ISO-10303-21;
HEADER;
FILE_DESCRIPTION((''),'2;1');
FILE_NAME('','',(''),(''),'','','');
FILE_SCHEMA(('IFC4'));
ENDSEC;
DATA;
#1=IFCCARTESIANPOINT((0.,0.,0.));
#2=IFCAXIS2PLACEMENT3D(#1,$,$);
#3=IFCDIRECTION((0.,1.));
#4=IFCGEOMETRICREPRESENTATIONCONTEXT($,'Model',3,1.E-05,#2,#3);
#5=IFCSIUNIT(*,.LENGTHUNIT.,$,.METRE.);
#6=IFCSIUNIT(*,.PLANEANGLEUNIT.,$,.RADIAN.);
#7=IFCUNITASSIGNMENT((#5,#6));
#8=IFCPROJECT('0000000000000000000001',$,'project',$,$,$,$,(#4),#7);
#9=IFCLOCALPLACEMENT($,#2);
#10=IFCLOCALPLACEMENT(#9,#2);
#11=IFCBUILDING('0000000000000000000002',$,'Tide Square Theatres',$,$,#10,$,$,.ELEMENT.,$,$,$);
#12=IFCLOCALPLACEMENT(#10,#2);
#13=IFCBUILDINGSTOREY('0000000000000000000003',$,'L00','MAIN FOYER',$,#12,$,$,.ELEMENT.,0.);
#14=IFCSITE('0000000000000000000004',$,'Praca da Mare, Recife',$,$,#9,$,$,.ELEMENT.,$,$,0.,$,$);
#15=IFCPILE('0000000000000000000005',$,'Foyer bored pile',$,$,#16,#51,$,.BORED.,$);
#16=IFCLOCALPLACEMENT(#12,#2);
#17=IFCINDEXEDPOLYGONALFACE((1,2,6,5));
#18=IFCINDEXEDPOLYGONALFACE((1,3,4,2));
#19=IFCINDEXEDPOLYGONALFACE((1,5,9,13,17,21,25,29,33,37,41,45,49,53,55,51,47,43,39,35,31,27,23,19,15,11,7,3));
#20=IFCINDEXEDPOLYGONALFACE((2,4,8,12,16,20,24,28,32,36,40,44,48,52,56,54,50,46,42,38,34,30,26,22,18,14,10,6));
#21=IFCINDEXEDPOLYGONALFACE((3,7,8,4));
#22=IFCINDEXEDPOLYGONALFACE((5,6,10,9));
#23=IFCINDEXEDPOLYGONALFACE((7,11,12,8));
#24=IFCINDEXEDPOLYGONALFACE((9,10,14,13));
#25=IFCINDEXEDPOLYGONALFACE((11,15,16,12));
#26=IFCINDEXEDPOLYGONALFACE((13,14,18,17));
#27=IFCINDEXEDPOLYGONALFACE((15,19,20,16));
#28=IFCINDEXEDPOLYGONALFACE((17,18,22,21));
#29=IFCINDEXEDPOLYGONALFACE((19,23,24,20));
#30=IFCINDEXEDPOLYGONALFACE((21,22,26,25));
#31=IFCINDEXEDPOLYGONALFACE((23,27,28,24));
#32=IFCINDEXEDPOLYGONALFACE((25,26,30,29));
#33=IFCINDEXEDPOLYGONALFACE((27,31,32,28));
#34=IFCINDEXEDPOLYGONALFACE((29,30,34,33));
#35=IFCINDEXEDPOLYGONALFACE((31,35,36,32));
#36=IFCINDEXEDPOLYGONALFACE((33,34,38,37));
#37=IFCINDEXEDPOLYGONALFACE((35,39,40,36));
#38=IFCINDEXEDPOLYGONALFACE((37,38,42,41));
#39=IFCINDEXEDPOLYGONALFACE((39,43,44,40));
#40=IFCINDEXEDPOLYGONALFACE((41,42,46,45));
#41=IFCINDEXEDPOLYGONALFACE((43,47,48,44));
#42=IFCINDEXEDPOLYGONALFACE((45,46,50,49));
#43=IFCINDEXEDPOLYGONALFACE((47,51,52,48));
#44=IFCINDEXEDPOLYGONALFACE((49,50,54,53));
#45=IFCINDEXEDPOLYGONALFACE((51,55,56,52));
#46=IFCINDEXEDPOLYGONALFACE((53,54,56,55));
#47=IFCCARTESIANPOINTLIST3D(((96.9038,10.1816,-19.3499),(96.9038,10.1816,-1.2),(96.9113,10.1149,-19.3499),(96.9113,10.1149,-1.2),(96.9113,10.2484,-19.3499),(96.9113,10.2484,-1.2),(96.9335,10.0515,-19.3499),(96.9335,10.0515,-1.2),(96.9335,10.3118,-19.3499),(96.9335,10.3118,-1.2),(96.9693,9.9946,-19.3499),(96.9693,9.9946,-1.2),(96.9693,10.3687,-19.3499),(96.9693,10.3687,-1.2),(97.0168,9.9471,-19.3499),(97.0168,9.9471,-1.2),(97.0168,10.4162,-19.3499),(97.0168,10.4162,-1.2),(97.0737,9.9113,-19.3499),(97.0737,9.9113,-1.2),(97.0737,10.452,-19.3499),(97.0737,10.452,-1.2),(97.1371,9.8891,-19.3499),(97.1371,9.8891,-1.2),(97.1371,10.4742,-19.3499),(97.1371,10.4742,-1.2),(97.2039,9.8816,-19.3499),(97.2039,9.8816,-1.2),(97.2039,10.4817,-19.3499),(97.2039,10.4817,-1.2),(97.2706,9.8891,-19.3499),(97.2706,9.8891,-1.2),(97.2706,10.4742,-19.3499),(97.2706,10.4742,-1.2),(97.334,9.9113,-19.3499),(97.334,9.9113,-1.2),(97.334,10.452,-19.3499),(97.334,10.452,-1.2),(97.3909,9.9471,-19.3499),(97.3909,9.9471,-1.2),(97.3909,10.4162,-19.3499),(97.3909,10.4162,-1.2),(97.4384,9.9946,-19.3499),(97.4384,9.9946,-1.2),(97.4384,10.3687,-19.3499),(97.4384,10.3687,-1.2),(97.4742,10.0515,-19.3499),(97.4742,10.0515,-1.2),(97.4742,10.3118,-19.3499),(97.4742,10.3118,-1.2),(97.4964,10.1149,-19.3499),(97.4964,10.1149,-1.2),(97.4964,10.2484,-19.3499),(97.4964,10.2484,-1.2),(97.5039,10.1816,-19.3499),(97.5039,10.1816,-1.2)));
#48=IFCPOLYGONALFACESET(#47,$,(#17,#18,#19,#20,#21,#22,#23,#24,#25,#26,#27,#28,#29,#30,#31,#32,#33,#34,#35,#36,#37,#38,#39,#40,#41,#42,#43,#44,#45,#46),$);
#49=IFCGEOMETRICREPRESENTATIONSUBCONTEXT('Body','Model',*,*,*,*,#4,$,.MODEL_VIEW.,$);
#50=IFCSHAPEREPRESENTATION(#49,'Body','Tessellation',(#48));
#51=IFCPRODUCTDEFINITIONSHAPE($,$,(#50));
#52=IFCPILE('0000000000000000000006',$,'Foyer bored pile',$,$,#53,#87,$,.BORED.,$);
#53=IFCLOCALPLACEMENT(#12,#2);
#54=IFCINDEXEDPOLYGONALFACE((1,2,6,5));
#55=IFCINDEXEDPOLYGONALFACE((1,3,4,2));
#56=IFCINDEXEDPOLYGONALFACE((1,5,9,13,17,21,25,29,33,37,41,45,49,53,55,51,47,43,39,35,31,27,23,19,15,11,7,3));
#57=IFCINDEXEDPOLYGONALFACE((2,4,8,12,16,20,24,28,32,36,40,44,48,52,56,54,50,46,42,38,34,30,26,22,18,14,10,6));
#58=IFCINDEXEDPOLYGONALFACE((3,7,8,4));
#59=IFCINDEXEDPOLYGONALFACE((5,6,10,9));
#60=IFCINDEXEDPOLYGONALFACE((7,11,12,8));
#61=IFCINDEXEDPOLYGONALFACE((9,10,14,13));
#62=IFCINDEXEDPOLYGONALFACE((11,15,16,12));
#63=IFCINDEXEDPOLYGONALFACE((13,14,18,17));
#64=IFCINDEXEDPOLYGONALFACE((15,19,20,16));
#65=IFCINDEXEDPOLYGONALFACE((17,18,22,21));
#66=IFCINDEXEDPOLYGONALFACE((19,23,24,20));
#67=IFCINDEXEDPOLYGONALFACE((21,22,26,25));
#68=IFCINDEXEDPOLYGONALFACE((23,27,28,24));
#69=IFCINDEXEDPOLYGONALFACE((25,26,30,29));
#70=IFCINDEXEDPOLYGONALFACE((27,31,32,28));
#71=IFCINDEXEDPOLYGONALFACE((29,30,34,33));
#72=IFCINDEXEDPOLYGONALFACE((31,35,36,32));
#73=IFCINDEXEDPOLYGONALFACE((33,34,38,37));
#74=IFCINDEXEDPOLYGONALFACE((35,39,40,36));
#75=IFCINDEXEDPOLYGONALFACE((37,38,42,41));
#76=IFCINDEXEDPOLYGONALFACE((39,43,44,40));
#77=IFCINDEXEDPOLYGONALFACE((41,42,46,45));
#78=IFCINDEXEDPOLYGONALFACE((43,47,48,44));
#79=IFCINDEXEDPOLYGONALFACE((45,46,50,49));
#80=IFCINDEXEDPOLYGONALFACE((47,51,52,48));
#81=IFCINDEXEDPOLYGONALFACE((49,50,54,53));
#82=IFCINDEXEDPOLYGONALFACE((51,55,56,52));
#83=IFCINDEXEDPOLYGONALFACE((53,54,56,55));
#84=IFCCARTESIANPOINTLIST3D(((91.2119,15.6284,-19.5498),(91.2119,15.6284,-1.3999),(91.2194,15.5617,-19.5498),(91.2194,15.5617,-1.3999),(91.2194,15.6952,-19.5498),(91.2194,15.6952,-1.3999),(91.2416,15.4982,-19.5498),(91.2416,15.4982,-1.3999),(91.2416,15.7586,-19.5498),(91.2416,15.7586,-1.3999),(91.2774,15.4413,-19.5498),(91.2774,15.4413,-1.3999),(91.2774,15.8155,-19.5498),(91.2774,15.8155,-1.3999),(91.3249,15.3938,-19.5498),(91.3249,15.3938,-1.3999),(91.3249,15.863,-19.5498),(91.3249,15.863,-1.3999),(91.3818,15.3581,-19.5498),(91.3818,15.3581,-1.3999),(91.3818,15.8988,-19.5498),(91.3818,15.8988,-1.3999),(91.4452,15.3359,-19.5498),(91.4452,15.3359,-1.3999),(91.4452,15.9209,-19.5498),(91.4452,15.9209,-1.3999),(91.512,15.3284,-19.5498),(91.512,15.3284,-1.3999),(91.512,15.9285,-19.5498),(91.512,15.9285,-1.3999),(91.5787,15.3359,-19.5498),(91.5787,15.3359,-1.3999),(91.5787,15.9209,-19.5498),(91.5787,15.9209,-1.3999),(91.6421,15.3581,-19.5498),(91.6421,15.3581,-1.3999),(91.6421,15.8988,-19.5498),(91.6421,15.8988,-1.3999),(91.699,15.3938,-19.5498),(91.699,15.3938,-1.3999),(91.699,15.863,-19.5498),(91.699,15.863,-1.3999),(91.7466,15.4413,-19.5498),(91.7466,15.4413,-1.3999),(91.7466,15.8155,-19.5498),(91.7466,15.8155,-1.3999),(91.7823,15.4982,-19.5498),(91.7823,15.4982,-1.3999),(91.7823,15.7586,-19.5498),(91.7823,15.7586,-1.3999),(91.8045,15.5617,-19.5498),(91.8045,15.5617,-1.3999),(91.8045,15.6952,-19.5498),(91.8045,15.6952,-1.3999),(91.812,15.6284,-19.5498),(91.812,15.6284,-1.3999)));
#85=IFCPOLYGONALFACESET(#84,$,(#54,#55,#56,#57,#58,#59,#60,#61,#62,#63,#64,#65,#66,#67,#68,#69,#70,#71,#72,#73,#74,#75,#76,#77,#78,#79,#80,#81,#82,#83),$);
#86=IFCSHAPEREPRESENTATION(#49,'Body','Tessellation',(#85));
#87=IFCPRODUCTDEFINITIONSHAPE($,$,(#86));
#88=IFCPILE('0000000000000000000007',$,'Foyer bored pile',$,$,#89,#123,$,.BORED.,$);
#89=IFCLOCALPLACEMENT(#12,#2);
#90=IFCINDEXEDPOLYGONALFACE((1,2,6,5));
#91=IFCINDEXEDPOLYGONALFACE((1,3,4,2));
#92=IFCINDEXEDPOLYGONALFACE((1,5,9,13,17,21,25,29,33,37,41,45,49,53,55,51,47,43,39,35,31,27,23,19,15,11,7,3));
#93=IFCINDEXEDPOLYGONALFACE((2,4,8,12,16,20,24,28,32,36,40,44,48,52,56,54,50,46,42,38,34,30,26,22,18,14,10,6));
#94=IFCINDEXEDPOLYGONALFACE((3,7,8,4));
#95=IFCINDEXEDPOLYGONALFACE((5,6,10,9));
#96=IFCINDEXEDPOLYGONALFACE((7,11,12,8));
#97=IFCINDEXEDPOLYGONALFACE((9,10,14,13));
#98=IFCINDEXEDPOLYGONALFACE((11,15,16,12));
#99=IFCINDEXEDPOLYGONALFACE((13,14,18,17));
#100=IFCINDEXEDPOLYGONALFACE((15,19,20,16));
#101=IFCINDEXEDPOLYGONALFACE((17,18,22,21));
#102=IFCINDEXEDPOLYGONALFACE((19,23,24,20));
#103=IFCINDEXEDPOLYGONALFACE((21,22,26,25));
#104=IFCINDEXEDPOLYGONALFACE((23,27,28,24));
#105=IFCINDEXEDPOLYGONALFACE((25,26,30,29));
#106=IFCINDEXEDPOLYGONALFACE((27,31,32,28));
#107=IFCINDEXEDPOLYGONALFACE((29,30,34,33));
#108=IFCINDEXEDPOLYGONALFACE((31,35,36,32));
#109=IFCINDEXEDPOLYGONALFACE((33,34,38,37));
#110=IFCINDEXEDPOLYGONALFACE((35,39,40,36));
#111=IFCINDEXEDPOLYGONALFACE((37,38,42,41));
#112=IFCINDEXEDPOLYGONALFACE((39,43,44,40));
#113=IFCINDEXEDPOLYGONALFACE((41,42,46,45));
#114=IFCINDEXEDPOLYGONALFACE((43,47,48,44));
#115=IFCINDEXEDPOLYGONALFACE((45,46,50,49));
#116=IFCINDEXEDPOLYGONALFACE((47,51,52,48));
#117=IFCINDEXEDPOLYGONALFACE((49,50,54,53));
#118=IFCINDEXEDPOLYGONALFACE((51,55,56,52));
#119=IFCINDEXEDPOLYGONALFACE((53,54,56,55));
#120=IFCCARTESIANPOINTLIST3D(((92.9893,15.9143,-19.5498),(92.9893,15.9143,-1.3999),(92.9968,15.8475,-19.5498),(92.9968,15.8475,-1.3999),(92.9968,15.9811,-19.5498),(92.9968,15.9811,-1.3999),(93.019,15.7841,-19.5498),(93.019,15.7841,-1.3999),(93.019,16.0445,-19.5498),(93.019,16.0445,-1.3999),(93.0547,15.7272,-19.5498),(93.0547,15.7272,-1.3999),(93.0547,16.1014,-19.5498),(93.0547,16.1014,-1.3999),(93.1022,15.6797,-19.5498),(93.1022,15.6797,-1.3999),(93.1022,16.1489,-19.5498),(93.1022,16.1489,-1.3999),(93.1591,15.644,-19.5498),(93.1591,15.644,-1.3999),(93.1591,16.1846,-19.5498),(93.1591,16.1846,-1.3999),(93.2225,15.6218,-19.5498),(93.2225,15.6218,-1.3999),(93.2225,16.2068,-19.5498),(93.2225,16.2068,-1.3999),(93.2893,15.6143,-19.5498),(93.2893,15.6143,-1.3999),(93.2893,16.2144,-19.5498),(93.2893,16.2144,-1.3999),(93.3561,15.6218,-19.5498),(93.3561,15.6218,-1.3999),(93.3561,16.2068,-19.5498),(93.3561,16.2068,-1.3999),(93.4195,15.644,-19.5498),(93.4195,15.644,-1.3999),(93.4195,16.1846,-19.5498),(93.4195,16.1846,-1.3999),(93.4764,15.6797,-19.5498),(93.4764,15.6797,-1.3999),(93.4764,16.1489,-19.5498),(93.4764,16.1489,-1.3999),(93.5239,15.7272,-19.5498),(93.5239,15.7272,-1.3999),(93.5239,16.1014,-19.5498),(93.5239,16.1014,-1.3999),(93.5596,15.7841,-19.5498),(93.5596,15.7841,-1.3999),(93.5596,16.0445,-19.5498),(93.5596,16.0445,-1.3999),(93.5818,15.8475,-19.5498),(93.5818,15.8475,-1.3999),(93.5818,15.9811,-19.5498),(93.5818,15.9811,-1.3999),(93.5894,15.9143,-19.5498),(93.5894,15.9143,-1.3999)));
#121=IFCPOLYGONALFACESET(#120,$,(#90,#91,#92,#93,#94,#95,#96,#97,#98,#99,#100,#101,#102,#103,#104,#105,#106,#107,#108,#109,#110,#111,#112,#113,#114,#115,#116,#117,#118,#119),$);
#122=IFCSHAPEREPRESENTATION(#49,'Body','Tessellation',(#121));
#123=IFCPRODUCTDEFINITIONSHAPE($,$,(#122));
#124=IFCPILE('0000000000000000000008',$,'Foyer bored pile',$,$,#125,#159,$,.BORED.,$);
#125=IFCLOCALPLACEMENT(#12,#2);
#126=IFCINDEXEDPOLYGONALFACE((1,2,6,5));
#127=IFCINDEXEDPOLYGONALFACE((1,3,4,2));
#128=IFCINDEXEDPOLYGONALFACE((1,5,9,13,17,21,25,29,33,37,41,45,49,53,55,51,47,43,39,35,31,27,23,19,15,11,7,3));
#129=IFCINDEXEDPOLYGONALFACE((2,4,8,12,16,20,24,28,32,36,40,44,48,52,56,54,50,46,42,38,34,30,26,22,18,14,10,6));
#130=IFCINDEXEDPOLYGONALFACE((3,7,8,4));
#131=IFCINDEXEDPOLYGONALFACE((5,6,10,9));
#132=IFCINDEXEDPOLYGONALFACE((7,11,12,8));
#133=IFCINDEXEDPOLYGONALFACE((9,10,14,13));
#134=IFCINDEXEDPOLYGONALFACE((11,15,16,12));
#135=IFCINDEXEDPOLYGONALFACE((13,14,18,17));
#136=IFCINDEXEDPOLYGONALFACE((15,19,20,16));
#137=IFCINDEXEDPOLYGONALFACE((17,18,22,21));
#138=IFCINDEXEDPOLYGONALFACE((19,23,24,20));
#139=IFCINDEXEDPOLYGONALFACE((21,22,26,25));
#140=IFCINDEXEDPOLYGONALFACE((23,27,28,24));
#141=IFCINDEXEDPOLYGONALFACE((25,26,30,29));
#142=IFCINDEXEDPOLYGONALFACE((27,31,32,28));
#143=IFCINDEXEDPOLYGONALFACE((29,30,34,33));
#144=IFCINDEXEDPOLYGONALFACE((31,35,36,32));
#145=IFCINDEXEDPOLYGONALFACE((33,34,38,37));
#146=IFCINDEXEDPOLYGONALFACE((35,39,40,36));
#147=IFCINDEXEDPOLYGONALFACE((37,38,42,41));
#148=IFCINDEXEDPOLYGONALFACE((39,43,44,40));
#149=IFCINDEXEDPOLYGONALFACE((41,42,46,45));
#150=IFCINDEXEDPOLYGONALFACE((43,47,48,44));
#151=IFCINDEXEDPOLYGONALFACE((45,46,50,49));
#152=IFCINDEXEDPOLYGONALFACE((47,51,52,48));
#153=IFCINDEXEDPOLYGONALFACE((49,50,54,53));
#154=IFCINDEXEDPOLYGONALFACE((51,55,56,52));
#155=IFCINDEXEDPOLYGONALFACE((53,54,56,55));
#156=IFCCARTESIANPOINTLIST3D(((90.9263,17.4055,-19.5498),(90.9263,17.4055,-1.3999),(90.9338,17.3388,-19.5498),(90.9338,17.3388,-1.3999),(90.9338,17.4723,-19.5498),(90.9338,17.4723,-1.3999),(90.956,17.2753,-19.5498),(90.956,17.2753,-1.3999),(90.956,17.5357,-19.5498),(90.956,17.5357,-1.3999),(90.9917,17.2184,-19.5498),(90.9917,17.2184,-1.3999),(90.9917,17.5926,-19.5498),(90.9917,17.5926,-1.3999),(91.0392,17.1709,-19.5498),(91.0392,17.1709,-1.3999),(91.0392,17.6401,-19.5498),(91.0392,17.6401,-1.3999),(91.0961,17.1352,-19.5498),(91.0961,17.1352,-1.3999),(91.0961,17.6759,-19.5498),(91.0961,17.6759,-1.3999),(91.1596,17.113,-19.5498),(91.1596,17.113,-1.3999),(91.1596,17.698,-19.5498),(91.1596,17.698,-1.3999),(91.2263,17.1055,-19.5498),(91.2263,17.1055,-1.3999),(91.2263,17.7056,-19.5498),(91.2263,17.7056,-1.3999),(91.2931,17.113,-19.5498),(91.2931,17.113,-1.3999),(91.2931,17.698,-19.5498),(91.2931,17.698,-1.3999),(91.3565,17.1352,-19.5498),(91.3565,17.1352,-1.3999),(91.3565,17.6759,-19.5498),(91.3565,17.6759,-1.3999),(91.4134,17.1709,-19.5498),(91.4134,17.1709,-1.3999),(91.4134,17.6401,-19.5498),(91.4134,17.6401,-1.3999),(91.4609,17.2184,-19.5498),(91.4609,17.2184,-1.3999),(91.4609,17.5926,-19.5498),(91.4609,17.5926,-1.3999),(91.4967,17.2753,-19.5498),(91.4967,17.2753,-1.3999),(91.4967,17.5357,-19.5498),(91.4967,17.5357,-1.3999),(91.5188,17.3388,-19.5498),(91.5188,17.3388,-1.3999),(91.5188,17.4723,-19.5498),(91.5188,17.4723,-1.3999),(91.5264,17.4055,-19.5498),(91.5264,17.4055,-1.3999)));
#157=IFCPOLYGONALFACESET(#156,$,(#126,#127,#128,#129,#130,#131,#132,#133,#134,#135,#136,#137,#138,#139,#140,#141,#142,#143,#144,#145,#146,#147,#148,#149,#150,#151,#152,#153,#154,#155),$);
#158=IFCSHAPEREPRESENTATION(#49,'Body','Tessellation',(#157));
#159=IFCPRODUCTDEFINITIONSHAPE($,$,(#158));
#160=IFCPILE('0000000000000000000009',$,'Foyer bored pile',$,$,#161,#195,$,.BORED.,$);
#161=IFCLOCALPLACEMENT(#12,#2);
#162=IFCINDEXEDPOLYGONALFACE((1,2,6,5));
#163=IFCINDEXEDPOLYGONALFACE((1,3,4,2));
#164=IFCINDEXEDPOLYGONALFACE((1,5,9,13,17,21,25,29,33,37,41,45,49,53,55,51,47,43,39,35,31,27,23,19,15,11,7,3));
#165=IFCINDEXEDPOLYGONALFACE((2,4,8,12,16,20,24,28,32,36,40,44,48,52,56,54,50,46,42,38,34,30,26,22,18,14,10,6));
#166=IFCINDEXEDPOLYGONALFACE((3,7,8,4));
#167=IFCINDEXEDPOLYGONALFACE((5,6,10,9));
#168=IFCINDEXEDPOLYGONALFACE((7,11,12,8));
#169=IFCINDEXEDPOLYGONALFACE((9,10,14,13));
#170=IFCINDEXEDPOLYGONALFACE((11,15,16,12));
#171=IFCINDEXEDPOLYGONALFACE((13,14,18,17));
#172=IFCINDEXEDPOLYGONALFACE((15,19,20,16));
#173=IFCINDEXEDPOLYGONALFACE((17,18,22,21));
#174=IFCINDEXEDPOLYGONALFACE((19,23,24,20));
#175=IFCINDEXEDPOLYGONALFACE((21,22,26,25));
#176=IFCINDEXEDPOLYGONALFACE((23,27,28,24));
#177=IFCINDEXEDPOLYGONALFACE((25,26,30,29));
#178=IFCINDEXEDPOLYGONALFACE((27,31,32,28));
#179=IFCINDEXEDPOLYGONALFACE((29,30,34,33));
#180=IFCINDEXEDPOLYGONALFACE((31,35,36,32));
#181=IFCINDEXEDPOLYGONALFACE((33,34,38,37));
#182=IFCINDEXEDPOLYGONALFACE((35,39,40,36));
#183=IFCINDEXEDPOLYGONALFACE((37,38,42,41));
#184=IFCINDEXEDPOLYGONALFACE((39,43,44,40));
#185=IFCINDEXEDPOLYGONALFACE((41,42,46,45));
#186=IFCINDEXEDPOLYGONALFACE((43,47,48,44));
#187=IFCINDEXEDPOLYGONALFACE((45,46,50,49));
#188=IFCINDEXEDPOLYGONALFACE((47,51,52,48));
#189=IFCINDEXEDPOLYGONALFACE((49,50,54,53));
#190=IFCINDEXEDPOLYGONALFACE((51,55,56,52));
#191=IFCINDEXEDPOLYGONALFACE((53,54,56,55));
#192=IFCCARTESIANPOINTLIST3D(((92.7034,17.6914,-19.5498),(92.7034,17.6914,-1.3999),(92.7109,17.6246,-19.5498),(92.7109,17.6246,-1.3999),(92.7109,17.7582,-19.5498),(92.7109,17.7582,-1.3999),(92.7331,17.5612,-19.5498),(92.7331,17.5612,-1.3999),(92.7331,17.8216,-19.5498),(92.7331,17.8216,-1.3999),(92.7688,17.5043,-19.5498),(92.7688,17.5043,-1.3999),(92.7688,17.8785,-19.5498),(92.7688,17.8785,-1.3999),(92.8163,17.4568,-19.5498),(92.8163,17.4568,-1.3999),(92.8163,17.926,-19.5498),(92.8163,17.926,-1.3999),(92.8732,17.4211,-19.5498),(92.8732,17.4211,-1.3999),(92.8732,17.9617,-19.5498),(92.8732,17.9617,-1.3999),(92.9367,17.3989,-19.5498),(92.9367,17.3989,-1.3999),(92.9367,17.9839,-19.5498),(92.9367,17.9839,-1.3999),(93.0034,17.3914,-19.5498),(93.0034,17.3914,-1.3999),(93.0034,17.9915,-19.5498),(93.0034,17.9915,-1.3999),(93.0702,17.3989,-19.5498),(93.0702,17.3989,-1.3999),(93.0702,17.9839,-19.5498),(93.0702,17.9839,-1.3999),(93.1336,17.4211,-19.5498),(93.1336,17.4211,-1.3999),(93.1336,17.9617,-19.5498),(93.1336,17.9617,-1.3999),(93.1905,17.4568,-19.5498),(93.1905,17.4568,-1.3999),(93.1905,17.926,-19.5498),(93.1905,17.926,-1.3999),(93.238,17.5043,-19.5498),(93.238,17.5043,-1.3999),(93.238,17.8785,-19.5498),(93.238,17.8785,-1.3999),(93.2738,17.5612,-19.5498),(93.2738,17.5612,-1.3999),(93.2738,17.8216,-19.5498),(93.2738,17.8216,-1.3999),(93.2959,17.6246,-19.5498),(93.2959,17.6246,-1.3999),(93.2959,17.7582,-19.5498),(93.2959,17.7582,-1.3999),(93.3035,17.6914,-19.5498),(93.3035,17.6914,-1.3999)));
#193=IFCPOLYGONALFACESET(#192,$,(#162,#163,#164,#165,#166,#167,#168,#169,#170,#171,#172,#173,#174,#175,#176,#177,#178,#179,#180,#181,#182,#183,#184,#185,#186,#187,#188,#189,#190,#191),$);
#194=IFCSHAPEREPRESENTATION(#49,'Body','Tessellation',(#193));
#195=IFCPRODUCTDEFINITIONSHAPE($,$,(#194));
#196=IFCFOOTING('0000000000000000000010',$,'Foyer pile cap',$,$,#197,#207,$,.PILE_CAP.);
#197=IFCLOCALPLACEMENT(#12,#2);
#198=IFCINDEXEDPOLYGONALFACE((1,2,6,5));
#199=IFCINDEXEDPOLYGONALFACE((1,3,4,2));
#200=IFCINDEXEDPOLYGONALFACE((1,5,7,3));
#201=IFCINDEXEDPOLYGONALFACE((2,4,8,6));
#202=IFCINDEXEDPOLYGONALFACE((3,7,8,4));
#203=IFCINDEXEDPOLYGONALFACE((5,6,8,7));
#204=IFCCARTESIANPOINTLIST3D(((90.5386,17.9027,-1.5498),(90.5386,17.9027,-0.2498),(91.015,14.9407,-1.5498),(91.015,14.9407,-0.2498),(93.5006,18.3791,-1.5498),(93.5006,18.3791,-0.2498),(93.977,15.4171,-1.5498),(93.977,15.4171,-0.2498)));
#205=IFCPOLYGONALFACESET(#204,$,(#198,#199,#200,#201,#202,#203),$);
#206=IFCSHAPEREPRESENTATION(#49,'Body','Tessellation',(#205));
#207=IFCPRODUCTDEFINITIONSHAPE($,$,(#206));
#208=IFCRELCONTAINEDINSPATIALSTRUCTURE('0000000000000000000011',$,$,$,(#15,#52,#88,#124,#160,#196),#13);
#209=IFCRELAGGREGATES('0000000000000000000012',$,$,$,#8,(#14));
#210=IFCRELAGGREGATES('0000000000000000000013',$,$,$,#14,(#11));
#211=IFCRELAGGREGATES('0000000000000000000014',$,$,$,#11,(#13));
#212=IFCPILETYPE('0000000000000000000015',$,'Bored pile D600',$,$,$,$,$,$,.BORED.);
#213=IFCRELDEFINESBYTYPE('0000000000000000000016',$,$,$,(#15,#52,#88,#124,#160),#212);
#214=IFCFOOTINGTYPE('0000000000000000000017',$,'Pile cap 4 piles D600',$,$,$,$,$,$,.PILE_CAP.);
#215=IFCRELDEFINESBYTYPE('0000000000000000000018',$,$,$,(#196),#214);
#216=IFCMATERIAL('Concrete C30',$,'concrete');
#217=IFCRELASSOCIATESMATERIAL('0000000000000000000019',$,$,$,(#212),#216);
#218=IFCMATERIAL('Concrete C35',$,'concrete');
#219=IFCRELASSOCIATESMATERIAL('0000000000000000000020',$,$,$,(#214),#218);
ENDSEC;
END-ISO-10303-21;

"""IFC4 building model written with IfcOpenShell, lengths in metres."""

from ifc_helpers import new_model, si_unit, direction, frame, origin, origin_2d, place, context, subcontext, project, spatial, rectangle, circle, extrude, material, material_profile, profile_set, type_object, element, save


model = new_model("IFC4")

# Units and contexts
model_context = context("Model", 3, precision=1e-05, world=origin(), true_north=direction((0.0, 1.0)))
body_context = subcontext(model_context, "Body", "Model", "MODEL_VIEW")
ifc_project = project(units=[si_unit("LENGTHUNIT", "METRE"), si_unit("PLANEANGLEUNIT", "RADIAN")], contexts=[model_context])

# Site, building, storey
site_placement = place(None, origin())
site = spatial("IfcSite", under=ifc_project, at=site_placement, Name="Praca da Mare, Recife", CompositionType="ELEMENT", RefElevation=0.0)
building_placement = place(site_placement, origin())
building = spatial("IfcBuilding", under=site, at=building_placement, Name="Tide Square Theatres", CompositionType="ELEMENT")
storey_placement = place(building_placement, origin())
storey = spatial("IfcBuildingStorey", under=building, at=storey_placement, Name="L00", Description="MAIN FOYER", CompositionType="ELEMENT", Elevation=0.0)

# Piles
ifc_material_1 = material(Name="Concrete C30", Category="concrete")
ifc_material_profile_1 = material_profile(ifc_material_1, circle(Radius=0.3, at=origin_2d()))
ifc_profile_set_1 = profile_set([ifc_material_profile_1], Name="Concrete C30")
pile_type = type_object("IfcPileType", Name="Bored pile D600", PredefinedType="BORED", material=ifc_profile_set_1)
for number, where, z_axis, x_axis, name in (
    (1, (97.2039, 10.1816, -1.2), (0.0, 0.0, -1.0), (1.0, 0.0, 0.0), "Foyer bored pile"),
    (2, (91.512, 15.6284, -1.3999), (0.0, 0.0, -1.0), (1.0, 0.0, 0.0), "Foyer bored pile"),
    (3, (93.2893, 15.9143, -1.3999), (0.0, 0.0, -1.0), (1.0, 0.0, 0.0), "Foyer bored pile"),
    (4, (91.2263, 17.4055, -1.3999), (0.0, 0.0, -1.0), (1.0, 0.0, 0.0), "Foyer bored pile"),
    (5, (93.0034, 17.6914, -1.3999), (0.0, 0.0, -1.0), (1.0, 0.0, 0.0), "Foyer bored pile"),
):
    element("IfcPile", number, at=place(storey_placement, frame(where, z_axis=z_axis, x_axis=x_axis)), inside=storey, type_object=pile_type, Name=name, PredefinedType="BORED", context=body_context, shape_type="SweptSolid", body=[
        extrude(circle(Radius=0.3, at=origin_2d()), origin(), (0.0, 0.0, 1.0), 18.1499),
    ])

# Footing
ifc_material_2 = material(Name="Concrete C35", Category="concrete")
footing_type = type_object("IfcFootingType", Name="Pile cap 4 piles D600", PredefinedType="PILE_CAP", material=ifc_material_2)
footing_placement = place(storey_placement, frame((92.2578, 16.6599, -1.5498), z_axis=(0.0, 0.0, 1.0), x_axis=(0.987311, 0.158801, 0.0)))
element("IfcFooting", 6, at=footing_placement, inside=storey, type_object=footing_type, Name="Foyer pile cap", PredefinedType="PILE_CAP", context=body_context, shape_type="SweptSolid", body=[
    extrude(rectangle(XDim=3.0, YDim=3.0, at=origin_2d()), origin(), (0.0, 0.0, 1.0), 1.3),
])

save(model, "model.ifc")
